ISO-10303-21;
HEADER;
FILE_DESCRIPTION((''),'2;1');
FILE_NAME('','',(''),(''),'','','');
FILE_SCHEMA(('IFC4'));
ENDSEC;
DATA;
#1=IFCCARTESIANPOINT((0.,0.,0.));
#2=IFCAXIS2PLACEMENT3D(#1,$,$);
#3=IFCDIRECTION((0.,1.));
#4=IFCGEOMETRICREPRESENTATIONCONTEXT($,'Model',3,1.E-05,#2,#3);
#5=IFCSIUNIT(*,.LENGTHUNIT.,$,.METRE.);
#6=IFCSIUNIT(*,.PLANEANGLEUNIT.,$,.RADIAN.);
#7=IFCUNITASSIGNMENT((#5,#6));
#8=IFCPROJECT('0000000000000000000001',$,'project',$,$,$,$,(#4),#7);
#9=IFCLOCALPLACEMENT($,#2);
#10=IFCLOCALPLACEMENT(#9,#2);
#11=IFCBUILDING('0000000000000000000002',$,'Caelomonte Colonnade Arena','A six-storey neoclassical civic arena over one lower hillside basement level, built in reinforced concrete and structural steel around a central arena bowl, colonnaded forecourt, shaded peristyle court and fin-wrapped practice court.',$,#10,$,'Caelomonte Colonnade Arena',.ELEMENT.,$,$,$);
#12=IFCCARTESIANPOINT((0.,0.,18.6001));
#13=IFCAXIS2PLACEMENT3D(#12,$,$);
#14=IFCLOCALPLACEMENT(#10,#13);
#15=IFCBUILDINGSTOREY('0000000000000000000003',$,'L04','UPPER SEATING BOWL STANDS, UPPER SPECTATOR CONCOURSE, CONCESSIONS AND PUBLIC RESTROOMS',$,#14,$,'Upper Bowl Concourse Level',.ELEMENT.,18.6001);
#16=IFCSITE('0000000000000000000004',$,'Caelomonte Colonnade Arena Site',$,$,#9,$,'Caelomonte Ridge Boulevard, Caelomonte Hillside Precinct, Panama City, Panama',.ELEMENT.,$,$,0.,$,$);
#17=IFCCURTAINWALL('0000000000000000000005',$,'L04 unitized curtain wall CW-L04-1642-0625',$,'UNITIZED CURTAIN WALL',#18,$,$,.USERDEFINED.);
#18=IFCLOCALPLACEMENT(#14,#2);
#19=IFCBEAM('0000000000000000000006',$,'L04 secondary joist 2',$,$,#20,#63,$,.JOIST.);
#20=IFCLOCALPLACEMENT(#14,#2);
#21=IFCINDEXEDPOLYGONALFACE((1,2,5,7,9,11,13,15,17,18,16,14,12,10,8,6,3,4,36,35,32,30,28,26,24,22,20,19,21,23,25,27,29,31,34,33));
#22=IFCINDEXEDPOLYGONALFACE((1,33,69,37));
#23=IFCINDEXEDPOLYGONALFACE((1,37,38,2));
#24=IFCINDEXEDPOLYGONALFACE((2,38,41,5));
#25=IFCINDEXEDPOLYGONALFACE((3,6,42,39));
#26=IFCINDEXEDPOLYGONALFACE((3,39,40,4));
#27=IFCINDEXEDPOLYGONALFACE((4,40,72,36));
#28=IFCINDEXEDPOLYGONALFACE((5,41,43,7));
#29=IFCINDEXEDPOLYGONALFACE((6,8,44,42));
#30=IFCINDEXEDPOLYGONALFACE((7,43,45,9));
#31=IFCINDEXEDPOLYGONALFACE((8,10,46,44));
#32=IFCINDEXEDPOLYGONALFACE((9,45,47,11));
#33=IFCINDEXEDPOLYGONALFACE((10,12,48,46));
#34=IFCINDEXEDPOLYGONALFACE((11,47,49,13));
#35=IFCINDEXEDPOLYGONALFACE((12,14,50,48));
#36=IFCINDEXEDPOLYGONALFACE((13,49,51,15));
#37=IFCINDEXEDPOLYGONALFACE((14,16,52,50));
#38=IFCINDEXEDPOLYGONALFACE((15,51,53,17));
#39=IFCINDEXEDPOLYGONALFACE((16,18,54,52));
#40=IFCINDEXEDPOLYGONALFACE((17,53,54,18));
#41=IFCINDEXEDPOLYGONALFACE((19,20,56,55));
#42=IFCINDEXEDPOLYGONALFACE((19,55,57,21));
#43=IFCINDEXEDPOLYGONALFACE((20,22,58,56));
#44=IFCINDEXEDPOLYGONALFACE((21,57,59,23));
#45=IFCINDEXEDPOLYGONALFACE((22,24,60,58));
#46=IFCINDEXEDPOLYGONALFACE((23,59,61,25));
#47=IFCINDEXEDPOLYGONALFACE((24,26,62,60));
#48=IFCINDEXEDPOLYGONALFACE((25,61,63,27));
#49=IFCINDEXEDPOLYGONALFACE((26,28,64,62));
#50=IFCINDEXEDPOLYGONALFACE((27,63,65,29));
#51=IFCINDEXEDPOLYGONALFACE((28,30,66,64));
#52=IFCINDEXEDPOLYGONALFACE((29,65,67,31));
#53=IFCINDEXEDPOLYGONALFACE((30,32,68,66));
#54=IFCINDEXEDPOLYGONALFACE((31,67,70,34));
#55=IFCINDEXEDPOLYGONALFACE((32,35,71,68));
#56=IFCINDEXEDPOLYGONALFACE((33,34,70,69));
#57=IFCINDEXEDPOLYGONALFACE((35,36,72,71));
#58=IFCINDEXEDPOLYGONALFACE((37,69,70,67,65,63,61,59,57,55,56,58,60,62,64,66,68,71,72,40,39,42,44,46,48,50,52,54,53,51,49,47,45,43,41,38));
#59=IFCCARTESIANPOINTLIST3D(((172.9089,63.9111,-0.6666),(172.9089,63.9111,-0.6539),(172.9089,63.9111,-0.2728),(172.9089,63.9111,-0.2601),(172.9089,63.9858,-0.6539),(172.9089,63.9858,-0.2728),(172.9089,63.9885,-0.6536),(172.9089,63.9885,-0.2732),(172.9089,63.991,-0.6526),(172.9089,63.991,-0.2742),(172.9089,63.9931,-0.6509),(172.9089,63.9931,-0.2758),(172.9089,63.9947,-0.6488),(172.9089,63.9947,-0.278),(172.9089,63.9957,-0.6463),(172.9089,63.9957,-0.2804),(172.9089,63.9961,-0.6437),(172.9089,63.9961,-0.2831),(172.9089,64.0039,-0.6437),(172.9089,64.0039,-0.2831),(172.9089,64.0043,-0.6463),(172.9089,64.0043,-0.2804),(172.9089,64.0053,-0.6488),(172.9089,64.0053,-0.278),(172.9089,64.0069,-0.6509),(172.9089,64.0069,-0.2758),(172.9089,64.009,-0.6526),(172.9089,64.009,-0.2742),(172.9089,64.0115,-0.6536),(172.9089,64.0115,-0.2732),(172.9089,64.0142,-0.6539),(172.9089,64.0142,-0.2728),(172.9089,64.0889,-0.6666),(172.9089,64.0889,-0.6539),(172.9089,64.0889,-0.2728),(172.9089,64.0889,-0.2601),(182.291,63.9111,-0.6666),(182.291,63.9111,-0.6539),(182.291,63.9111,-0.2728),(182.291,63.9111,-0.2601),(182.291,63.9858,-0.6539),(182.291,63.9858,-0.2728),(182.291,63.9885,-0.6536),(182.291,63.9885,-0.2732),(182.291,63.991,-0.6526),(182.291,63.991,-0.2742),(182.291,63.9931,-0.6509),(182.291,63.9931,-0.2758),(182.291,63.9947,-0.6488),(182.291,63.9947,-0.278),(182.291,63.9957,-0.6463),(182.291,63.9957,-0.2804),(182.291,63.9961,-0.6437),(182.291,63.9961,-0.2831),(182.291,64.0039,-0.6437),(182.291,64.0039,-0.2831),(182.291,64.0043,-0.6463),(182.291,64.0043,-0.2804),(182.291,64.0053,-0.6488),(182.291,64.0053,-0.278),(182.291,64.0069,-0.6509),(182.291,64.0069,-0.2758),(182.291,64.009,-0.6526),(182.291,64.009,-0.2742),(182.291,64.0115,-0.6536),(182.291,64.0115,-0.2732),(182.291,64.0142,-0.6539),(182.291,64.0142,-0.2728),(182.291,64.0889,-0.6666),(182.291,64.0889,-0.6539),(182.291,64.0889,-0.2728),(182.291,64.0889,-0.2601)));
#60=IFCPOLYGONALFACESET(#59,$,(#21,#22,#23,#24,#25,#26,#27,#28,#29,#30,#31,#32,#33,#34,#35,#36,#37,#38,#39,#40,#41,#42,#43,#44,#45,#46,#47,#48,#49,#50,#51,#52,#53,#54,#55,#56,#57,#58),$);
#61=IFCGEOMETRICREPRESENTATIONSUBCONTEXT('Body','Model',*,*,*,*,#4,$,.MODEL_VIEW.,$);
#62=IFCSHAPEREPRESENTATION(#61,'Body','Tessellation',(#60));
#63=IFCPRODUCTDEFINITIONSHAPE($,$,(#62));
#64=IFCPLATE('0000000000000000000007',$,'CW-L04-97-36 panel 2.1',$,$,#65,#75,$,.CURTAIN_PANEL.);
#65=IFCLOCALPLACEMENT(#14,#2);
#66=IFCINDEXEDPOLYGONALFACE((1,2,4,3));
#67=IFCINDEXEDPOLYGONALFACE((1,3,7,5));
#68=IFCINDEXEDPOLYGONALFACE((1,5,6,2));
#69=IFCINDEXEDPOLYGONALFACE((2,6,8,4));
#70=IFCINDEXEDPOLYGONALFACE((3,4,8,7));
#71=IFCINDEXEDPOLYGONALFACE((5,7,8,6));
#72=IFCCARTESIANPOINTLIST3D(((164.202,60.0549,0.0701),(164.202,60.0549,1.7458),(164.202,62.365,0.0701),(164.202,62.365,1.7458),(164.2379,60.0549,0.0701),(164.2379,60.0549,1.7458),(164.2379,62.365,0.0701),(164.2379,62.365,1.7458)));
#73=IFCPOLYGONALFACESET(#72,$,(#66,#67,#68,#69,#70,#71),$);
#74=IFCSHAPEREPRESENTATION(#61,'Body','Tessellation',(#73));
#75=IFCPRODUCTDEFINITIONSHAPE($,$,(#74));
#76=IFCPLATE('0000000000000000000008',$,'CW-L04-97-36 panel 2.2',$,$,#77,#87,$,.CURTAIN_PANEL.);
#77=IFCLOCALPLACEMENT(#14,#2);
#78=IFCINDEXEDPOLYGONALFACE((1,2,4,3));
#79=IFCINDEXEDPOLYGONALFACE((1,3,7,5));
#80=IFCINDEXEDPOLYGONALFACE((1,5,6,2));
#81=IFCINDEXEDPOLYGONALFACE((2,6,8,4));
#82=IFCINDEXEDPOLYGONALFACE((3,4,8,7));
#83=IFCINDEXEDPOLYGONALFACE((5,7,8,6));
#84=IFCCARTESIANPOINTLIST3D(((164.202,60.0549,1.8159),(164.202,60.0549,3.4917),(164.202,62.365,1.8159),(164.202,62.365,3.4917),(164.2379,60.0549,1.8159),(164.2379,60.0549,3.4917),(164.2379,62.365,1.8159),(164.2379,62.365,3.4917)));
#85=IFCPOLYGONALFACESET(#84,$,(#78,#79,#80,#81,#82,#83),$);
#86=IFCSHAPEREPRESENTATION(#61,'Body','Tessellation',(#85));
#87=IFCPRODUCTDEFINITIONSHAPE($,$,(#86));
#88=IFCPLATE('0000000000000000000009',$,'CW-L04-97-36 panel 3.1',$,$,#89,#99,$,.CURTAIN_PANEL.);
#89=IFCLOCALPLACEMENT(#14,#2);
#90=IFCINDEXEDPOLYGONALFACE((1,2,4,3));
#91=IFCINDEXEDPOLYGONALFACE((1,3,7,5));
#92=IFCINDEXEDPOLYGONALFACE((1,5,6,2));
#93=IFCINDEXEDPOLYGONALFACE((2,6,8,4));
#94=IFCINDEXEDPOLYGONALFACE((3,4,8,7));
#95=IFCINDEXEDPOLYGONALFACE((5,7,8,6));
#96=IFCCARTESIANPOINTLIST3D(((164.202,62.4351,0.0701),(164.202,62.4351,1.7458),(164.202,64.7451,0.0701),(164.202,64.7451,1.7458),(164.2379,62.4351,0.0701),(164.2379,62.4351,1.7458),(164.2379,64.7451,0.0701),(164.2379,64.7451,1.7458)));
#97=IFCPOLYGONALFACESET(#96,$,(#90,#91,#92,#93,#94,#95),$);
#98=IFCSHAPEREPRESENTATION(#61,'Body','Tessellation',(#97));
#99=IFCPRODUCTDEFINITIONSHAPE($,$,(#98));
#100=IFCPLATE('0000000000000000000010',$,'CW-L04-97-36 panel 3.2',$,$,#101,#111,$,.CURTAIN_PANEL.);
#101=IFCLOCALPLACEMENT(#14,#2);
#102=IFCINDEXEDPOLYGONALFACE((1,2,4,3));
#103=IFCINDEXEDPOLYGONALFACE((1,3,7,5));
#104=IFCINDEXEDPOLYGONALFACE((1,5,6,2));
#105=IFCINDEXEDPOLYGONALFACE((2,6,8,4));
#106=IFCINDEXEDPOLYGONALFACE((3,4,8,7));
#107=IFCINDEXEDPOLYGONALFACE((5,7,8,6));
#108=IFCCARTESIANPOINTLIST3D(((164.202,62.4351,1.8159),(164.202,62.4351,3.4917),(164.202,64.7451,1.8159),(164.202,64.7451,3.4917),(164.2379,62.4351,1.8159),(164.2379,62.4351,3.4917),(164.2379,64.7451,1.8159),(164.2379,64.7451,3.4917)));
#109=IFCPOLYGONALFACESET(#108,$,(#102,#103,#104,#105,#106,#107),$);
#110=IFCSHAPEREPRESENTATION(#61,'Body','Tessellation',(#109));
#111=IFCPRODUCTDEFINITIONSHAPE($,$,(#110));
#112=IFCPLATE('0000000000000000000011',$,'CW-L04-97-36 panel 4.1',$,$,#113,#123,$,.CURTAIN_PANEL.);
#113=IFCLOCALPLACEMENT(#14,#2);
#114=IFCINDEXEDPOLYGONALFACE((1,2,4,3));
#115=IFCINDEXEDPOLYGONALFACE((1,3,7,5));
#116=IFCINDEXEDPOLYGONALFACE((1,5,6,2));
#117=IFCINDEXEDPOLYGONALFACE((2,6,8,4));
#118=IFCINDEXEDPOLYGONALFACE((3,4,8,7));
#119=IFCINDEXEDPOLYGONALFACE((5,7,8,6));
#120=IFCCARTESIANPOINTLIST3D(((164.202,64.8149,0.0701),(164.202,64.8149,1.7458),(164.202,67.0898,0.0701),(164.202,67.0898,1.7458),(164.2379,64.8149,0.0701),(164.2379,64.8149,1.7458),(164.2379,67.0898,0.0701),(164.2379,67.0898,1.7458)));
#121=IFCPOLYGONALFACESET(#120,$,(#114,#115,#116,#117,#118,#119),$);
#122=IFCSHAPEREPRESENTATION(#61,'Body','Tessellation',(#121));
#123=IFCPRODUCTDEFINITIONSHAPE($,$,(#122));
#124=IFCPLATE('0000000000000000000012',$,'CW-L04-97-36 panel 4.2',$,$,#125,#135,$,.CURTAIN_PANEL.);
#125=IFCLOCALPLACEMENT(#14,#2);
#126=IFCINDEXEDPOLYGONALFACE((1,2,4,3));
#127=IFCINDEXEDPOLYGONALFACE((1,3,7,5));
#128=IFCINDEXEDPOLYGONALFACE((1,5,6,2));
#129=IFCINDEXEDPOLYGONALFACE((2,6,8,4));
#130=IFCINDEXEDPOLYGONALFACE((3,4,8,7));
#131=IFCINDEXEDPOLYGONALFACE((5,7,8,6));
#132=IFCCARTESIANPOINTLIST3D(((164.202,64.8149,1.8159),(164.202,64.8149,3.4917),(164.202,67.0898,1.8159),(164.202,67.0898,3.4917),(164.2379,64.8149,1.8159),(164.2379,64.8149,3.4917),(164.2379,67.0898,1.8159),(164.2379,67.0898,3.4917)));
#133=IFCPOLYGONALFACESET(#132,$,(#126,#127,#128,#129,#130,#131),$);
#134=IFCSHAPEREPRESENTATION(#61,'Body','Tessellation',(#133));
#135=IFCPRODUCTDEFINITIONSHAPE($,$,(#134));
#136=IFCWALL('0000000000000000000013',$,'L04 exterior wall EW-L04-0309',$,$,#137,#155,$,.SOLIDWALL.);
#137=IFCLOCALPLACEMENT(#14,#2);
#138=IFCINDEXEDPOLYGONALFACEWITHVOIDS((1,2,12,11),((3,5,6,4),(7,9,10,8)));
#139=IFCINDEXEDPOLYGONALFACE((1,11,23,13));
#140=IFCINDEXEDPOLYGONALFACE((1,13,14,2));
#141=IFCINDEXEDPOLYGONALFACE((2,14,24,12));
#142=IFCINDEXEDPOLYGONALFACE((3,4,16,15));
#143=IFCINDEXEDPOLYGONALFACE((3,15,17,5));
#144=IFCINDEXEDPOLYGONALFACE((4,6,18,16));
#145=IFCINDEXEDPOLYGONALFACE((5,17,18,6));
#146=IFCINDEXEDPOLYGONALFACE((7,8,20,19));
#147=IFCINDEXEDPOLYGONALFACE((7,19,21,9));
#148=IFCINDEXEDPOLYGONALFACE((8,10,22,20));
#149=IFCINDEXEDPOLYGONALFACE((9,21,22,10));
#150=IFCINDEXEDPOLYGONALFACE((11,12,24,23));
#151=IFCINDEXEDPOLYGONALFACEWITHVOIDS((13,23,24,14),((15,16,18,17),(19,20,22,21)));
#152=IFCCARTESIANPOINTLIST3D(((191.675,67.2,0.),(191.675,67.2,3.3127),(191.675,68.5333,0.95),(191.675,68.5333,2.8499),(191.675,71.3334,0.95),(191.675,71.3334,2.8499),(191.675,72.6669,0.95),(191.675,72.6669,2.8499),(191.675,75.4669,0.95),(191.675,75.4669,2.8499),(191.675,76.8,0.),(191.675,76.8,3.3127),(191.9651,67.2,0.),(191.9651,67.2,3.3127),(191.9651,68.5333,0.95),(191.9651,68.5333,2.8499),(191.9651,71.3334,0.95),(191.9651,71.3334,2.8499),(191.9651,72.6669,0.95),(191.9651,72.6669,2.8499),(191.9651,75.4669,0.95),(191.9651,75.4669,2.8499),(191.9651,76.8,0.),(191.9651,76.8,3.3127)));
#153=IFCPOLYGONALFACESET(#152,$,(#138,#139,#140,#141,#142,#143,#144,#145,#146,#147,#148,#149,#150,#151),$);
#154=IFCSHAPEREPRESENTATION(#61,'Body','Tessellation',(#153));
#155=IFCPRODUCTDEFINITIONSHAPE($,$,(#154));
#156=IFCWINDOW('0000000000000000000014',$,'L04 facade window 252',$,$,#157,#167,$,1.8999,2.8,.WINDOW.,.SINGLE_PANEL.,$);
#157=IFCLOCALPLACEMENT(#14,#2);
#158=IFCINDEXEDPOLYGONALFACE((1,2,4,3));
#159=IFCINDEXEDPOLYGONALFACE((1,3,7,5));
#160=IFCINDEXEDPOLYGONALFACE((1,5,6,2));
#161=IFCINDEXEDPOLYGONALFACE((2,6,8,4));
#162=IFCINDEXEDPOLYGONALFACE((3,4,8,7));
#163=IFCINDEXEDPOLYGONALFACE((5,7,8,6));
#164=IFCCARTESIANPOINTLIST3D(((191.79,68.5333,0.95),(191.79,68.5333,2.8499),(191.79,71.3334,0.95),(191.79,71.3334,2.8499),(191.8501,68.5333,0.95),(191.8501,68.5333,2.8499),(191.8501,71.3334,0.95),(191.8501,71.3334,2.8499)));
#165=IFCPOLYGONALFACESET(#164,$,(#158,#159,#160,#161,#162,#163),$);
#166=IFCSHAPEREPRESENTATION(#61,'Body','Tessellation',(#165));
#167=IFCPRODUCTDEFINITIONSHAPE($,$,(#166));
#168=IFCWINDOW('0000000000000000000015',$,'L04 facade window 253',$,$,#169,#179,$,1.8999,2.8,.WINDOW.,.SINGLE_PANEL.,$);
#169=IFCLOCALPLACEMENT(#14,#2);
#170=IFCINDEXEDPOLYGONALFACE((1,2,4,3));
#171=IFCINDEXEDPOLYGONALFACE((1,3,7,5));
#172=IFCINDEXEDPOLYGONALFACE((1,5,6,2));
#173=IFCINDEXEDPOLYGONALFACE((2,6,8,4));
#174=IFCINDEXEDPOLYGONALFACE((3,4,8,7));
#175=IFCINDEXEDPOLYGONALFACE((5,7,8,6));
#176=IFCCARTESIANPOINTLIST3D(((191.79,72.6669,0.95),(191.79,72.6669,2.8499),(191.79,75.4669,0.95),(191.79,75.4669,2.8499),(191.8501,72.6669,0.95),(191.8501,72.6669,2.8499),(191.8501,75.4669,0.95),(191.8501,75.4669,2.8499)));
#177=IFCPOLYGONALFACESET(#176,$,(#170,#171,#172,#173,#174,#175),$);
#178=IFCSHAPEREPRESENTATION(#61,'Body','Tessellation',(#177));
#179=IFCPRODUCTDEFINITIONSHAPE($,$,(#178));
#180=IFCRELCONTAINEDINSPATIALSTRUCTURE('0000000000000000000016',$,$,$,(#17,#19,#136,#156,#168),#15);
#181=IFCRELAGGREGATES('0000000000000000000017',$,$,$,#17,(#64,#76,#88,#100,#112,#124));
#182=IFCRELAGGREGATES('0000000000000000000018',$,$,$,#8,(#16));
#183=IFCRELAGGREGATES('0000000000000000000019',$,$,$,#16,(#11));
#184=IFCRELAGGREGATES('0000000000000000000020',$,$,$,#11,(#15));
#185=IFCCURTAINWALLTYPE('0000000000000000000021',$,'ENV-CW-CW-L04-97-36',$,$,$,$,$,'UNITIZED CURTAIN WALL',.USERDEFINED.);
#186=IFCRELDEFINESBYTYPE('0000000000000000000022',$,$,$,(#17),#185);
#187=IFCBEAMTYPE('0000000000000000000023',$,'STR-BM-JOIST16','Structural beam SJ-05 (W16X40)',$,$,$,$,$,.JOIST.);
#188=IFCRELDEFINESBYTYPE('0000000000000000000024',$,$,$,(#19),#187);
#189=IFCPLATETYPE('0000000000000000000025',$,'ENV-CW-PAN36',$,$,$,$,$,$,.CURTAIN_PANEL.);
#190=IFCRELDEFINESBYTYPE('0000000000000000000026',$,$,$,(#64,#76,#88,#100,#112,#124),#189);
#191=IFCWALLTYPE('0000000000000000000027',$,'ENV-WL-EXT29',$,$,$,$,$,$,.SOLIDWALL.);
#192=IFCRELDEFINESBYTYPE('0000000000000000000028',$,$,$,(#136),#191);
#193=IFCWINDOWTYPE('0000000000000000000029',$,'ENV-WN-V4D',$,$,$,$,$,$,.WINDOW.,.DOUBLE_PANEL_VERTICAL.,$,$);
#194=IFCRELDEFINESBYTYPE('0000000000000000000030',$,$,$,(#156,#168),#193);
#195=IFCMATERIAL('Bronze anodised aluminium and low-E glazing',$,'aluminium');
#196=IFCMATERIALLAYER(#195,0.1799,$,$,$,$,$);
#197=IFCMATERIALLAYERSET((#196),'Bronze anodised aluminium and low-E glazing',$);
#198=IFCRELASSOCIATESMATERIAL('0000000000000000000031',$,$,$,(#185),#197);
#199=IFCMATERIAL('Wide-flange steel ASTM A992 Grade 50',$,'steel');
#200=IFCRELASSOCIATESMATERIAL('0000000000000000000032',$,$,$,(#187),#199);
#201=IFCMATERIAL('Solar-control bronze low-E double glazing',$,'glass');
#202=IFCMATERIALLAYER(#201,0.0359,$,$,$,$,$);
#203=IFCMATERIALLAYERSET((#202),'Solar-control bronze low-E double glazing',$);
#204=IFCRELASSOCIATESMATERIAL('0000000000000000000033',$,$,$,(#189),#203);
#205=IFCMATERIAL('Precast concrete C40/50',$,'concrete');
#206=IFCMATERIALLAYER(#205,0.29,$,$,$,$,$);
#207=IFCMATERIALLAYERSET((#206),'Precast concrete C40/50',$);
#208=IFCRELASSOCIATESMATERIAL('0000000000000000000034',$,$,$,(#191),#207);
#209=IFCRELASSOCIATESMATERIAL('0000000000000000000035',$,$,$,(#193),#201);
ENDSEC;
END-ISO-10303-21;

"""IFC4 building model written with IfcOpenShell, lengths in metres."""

from ifc_helpers import new_model, si_unit, direction, frame, frame_2d, origin, origin_2d, place, context, subcontext, project, spatial, rectangle, i_section, extrude, material, layer, layer_set, material_profile, profile_set, type_object, element, fill, aggregate, save


model = new_model("IFC4")

# Units and contexts
model_context = context("Model", 3, precision=1e-05, world=origin(), true_north=direction((0.0, 1.0)))
body_context = subcontext(model_context, "Body", "Model", "MODEL_VIEW")
ifc_project = project(units=[si_unit("LENGTHUNIT", "METRE"), si_unit("PLANEANGLEUNIT", "RADIAN")], contexts=[model_context])

# Site, building, storey
site_placement = place(None, origin())
site = spatial("IfcSite", under=ifc_project, at=site_placement, Name="Caelomonte Colonnade Arena Site", LongName="Caelomonte Ridge Boulevard, Caelomonte Hillside Precinct, Panama City, Panama", CompositionType="ELEMENT", RefElevation=0.0)
building_placement = place(site_placement, origin())
building = spatial("IfcBuilding", under=site, at=building_placement, Name="Caelomonte Colonnade Arena", Description="A six-storey neoclassical civic arena over one lower hillside basement level, built in reinforced concrete and structural steel around a central arena bowl, colonnaded forecourt, shaded peristyle court and fin-wrapped practice court.", LongName="Caelomonte Colonnade Arena", CompositionType="ELEMENT")
storey_placement = place(building_placement, frame((0.0, 0.0, 18.6001)))
storey = spatial("IfcBuildingStorey", under=building, at=storey_placement, Name="L04", Description="UPPER SEATING BOWL STANDS, UPPER SPECTATOR CONCOURSE, CONCESSIONS AND PUBLIC RESTROOMS", LongName="Upper Bowl Concourse Level", CompositionType="ELEMENT", Elevation=18.6001)

# Shared definitions
ifc_material_1 = material(Name="Wide-flange steel ASTM A992 Grade 50", Category="steel")

# Curtain wall
ifc_material_2 = material(Name="Bronze anodised aluminium and low-E glazing", Category="aluminium")
ifc_layer_1 = layer(ifc_material_2, 0.1799)
ifc_layer_set_1 = layer_set([ifc_layer_1], Name="Bronze anodised aluminium and low-E glazing")
curtain_wall_type = type_object("IfcCurtainWallType", Name="ENV-CW-CW-L04-97-36", ElementType="UNITIZED CURTAIN WALL", PredefinedType="USERDEFINED", material=ifc_layer_set_1)
curtain_wall_placement = place(storey_placement, origin())
curtain_wall = element("IfcCurtainWall", 1, at=curtain_wall_placement, inside=storey, type_object=curtain_wall_type, Name="L04 unitized curtain wall CW-L04-1642-0625", ObjectType="UNITIZED CURTAIN WALL", PredefinedType="USERDEFINED")

# Beam
ifc_material_profile_1 = material_profile(ifc_material_1, i_section(OverallWidth=0.1777, OverallDepth=0.4065, WebThickness=0.0078, FlangeThickness=0.0127, FilletRadius=0.0103, at=origin_2d()), Name="W16X40")
ifc_profile_set_1 = profile_set([ifc_material_profile_1], Name="Wide-flange steel ASTM A992 Grade 50")
beam_type_1 = type_object("IfcBeamType", Name="STR-BM-JOIST16", Description="Structural beam SJ-05 (W16X40)", PredefinedType="JOIST", material=ifc_profile_set_1)
beam_placement = place(storey_placement, frame((172.9089, 64.0, -0.4634), z_axis=(1.0, 0.0, 0.0), x_axis=(0.0, 1.0, 0.0)))
element("IfcBeam", 2, at=beam_placement, inside=storey, type_object=beam_type_1, Name="L04 secondary joist 2", PredefinedType="JOIST", context=body_context, shape_type="SweptSolid", body=[
    extrude(i_section(OverallWidth=0.1777, OverallDepth=0.4065, WebThickness=0.0078, FlangeThickness=0.0127, FilletRadius=0.0103, at=origin_2d()), origin(), (0.0, 0.0, 1.0), 9.3821),
])

# Plates
ifc_material_3 = material(Name="Solar-control bronze low-E double glazing", Category="glass")
ifc_layer_2 = layer(ifc_material_3, 0.0359)
ifc_layer_set_2 = layer_set([ifc_layer_2], Name="Solar-control bronze low-E double glazing")
plate_type = type_object("IfcPlateType", Name="ENV-CW-PAN36", PredefinedType="CURTAIN_PANEL", material=ifc_layer_set_2)
plate_1_placement = place(storey_placement, frame((164.22, 61.21, 0.0701), z_axis=(0.0, 0.0, 1.0), x_axis=(0.0, 1.0, 0.0)))
plate_1 = element("IfcPlate", 3, at=plate_1_placement, type_object=plate_type, Name="CW-L04-97-36 panel 2.1", PredefinedType="CURTAIN_PANEL", context=body_context, shape_type="SweptSolid", body=[
    extrude(rectangle(XDim=2.3101, YDim=0.0359, at=origin_2d()), origin(), (0.0, 0.0, 1.0), 1.6758),
])
plate_2_placement = place(storey_placement, frame((164.22, 61.21, 1.8159), z_axis=(0.0, 0.0, 1.0), x_axis=(0.0, 1.0, 0.0)))
plate_2 = element("IfcPlate", 4, at=plate_2_placement, type_object=plate_type, Name="CW-L04-97-36 panel 2.2", PredefinedType="CURTAIN_PANEL", context=body_context, shape_type="SweptSolid", body=[
    extrude(rectangle(XDim=2.3101, YDim=0.0359, at=origin_2d()), origin(), (0.0, 0.0, 1.0), 1.6758),
])
plate_3_placement = place(storey_placement, frame((164.22, 63.5901, 0.0701), z_axis=(0.0, 0.0, 1.0), x_axis=(0.0, 1.0, 0.0)))
plate_3 = element("IfcPlate", 5, at=plate_3_placement, type_object=plate_type, Name="CW-L04-97-36 panel 3.1", PredefinedType="CURTAIN_PANEL", context=body_context, shape_type="SweptSolid", body=[
    extrude(rectangle(XDim=2.3101, YDim=0.0359, at=origin_2d()), origin(), (0.0, 0.0, 1.0), 1.6758),
])
plate_4_placement = place(storey_placement, frame((164.22, 63.5901, 1.8159), z_axis=(0.0, 0.0, 1.0), x_axis=(0.0, 1.0, 0.0)))
plate_4 = element("IfcPlate", 6, at=plate_4_placement, type_object=plate_type, Name="CW-L04-97-36 panel 3.2", PredefinedType="CURTAIN_PANEL", context=body_context, shape_type="SweptSolid", body=[
    extrude(rectangle(XDim=2.3101, YDim=0.0359, at=origin_2d()), origin(), (0.0, 0.0, 1.0), 1.6758),
])
plate_5_placement = place(storey_placement, frame((164.22, 65.9524, 0.0701), z_axis=(0.0, 0.0, 1.0), x_axis=(0.0, 1.0, 0.0)))
plate_5 = element("IfcPlate", 7, at=plate_5_placement, type_object=plate_type, Name="CW-L04-97-36 panel 4.1", PredefinedType="CURTAIN_PANEL", context=body_context, shape_type="SweptSolid", body=[
    extrude(rectangle(XDim=2.2749, YDim=0.0359, at=origin_2d()), origin(), (0.0, 0.0, 1.0), 1.6758),
])
plate_6_placement = place(storey_placement, frame((164.22, 65.9524, 1.8159), z_axis=(0.0, 0.0, 1.0), x_axis=(0.0, 1.0, 0.0)))
plate_6 = element("IfcPlate", 8, at=plate_6_placement, type_object=plate_type, Name="CW-L04-97-36 panel 4.2", PredefinedType="CURTAIN_PANEL", context=body_context, shape_type="SweptSolid", body=[
    extrude(rectangle(XDim=2.2749, YDim=0.0359, at=origin_2d()), origin(), (0.0, 0.0, 1.0), 1.6758),
])
aggregate(curtain_wall, [plate_1, plate_2, plate_3, plate_4, plate_5, plate_6])

# Wall, openings, windows
ifc_material_4 = material(Name="Precast concrete C40/50", Category="concrete")
ifc_layer_3 = layer(ifc_material_4, 0.29)
ifc_layer_set_3 = layer_set([ifc_layer_3], Name="Precast concrete C40/50")
wall_type = type_object("IfcWallType", Name="ENV-WL-EXT29", PredefinedType="SOLIDWALL", material=ifc_layer_set_3)
wall_placement = place(storey_placement, frame((191.8201, 67.2, 0.0), z_axis=(0.0, 0.0, 1.0), x_axis=(0.0, 1.0, 0.0)))
wall = element("IfcWall", 9, at=wall_placement, inside=storey, type_object=wall_type, Name="L04 exterior wall EW-L04-0309", PredefinedType="SOLIDWALL", context=body_context, shape_type="SweptSolid", body=[
    extrude(rectangle(XDim=9.6001, YDim=0.29, at=frame_2d((4.8, 0.0))), origin(), (0.0, 0.0, 1.0), 3.3127),
])
opening_1_placement = place(wall_placement, frame((4.1333, 0.0, 0.95), z_axis=(0.0, 0.0, 1.0), x_axis=(-1.0, 0.0, 0.0)))
opening_1 = element("IfcOpeningElement", 10, at=opening_1_placement, cuts=wall, PredefinedType="OPENING", context=body_context, shape_type="SweptSolid", body=[
    extrude(rectangle(XDim=2.8, YDim=1.8999, at=frame_2d((1.3999, 0.95))), frame((0.0, 0.155, 0.0), z_axis=(0.0, -1.0, 0.0), x_axis=(1.0, 0.0, 0.0)), (0.0, 0.0, 1.0), 0.3101),
])
opening_2_placement = place(wall_placement, frame((8.2668, 0.0, 0.95), z_axis=(0.0, 0.0, 1.0), x_axis=(-1.0, 0.0, 0.0)))
opening_2 = element("IfcOpeningElement", 11, at=opening_2_placement, cuts=wall, PredefinedType="OPENING", context=body_context, shape_type="SweptSolid", body=[
    extrude(rectangle(XDim=2.8, YDim=1.8999, at=frame_2d((1.3999, 0.95))), frame((0.0, 0.155, 0.0), z_axis=(0.0, -1.0, 0.0), x_axis=(1.0, 0.0, 0.0)), (0.0, 0.0, 1.0), 0.3101),
])
window_type = type_object("IfcWindowType", Name="ENV-WN-V4D", PartitioningType="DOUBLE_PANEL_VERTICAL", PredefinedType="WINDOW", material=ifc_material_3)
window_1_placement = place(opening_1_placement, origin())
window_1 = element("IfcWindow", 12, at=window_1_placement, inside=storey, type_object=window_type, Name="L04 facade window 252", OverallHeight=1.8999, OverallWidth=2.8, PartitioningType="SINGLE_PANEL", PredefinedType="WINDOW", context=body_context, shape_type="SweptSolid", body=[
    extrude(rectangle(XDim=2.8, YDim=1.8999, at=frame_2d((1.3999, 0.95))), frame((0.0, 0.03, 0.0), z_axis=(0.0, -1.0, 0.0), x_axis=(1.0, 0.0, 0.0)), (0.0, 0.0, 1.0), 0.0601),
])
fill(opening_1, window_1)
window_2_placement = place(opening_2_placement, origin())
window_2 = element("IfcWindow", 13, at=window_2_placement, inside=storey, type_object=window_type, Name="L04 facade window 253", OverallHeight=1.8999, OverallWidth=2.8, PartitioningType="SINGLE_PANEL", PredefinedType="WINDOW", context=body_context, shape_type="SweptSolid", body=[
    extrude(rectangle(XDim=2.8, YDim=1.8999, at=frame_2d((1.3999, 0.95))), frame((0.0, 0.03, 0.0), z_axis=(0.0, -1.0, 0.0), x_axis=(1.0, 0.0, 0.0)), (0.0, 0.0, 1.0), 0.0601),
])
fill(opening_2, window_2)

save(model, "model.ifc")
